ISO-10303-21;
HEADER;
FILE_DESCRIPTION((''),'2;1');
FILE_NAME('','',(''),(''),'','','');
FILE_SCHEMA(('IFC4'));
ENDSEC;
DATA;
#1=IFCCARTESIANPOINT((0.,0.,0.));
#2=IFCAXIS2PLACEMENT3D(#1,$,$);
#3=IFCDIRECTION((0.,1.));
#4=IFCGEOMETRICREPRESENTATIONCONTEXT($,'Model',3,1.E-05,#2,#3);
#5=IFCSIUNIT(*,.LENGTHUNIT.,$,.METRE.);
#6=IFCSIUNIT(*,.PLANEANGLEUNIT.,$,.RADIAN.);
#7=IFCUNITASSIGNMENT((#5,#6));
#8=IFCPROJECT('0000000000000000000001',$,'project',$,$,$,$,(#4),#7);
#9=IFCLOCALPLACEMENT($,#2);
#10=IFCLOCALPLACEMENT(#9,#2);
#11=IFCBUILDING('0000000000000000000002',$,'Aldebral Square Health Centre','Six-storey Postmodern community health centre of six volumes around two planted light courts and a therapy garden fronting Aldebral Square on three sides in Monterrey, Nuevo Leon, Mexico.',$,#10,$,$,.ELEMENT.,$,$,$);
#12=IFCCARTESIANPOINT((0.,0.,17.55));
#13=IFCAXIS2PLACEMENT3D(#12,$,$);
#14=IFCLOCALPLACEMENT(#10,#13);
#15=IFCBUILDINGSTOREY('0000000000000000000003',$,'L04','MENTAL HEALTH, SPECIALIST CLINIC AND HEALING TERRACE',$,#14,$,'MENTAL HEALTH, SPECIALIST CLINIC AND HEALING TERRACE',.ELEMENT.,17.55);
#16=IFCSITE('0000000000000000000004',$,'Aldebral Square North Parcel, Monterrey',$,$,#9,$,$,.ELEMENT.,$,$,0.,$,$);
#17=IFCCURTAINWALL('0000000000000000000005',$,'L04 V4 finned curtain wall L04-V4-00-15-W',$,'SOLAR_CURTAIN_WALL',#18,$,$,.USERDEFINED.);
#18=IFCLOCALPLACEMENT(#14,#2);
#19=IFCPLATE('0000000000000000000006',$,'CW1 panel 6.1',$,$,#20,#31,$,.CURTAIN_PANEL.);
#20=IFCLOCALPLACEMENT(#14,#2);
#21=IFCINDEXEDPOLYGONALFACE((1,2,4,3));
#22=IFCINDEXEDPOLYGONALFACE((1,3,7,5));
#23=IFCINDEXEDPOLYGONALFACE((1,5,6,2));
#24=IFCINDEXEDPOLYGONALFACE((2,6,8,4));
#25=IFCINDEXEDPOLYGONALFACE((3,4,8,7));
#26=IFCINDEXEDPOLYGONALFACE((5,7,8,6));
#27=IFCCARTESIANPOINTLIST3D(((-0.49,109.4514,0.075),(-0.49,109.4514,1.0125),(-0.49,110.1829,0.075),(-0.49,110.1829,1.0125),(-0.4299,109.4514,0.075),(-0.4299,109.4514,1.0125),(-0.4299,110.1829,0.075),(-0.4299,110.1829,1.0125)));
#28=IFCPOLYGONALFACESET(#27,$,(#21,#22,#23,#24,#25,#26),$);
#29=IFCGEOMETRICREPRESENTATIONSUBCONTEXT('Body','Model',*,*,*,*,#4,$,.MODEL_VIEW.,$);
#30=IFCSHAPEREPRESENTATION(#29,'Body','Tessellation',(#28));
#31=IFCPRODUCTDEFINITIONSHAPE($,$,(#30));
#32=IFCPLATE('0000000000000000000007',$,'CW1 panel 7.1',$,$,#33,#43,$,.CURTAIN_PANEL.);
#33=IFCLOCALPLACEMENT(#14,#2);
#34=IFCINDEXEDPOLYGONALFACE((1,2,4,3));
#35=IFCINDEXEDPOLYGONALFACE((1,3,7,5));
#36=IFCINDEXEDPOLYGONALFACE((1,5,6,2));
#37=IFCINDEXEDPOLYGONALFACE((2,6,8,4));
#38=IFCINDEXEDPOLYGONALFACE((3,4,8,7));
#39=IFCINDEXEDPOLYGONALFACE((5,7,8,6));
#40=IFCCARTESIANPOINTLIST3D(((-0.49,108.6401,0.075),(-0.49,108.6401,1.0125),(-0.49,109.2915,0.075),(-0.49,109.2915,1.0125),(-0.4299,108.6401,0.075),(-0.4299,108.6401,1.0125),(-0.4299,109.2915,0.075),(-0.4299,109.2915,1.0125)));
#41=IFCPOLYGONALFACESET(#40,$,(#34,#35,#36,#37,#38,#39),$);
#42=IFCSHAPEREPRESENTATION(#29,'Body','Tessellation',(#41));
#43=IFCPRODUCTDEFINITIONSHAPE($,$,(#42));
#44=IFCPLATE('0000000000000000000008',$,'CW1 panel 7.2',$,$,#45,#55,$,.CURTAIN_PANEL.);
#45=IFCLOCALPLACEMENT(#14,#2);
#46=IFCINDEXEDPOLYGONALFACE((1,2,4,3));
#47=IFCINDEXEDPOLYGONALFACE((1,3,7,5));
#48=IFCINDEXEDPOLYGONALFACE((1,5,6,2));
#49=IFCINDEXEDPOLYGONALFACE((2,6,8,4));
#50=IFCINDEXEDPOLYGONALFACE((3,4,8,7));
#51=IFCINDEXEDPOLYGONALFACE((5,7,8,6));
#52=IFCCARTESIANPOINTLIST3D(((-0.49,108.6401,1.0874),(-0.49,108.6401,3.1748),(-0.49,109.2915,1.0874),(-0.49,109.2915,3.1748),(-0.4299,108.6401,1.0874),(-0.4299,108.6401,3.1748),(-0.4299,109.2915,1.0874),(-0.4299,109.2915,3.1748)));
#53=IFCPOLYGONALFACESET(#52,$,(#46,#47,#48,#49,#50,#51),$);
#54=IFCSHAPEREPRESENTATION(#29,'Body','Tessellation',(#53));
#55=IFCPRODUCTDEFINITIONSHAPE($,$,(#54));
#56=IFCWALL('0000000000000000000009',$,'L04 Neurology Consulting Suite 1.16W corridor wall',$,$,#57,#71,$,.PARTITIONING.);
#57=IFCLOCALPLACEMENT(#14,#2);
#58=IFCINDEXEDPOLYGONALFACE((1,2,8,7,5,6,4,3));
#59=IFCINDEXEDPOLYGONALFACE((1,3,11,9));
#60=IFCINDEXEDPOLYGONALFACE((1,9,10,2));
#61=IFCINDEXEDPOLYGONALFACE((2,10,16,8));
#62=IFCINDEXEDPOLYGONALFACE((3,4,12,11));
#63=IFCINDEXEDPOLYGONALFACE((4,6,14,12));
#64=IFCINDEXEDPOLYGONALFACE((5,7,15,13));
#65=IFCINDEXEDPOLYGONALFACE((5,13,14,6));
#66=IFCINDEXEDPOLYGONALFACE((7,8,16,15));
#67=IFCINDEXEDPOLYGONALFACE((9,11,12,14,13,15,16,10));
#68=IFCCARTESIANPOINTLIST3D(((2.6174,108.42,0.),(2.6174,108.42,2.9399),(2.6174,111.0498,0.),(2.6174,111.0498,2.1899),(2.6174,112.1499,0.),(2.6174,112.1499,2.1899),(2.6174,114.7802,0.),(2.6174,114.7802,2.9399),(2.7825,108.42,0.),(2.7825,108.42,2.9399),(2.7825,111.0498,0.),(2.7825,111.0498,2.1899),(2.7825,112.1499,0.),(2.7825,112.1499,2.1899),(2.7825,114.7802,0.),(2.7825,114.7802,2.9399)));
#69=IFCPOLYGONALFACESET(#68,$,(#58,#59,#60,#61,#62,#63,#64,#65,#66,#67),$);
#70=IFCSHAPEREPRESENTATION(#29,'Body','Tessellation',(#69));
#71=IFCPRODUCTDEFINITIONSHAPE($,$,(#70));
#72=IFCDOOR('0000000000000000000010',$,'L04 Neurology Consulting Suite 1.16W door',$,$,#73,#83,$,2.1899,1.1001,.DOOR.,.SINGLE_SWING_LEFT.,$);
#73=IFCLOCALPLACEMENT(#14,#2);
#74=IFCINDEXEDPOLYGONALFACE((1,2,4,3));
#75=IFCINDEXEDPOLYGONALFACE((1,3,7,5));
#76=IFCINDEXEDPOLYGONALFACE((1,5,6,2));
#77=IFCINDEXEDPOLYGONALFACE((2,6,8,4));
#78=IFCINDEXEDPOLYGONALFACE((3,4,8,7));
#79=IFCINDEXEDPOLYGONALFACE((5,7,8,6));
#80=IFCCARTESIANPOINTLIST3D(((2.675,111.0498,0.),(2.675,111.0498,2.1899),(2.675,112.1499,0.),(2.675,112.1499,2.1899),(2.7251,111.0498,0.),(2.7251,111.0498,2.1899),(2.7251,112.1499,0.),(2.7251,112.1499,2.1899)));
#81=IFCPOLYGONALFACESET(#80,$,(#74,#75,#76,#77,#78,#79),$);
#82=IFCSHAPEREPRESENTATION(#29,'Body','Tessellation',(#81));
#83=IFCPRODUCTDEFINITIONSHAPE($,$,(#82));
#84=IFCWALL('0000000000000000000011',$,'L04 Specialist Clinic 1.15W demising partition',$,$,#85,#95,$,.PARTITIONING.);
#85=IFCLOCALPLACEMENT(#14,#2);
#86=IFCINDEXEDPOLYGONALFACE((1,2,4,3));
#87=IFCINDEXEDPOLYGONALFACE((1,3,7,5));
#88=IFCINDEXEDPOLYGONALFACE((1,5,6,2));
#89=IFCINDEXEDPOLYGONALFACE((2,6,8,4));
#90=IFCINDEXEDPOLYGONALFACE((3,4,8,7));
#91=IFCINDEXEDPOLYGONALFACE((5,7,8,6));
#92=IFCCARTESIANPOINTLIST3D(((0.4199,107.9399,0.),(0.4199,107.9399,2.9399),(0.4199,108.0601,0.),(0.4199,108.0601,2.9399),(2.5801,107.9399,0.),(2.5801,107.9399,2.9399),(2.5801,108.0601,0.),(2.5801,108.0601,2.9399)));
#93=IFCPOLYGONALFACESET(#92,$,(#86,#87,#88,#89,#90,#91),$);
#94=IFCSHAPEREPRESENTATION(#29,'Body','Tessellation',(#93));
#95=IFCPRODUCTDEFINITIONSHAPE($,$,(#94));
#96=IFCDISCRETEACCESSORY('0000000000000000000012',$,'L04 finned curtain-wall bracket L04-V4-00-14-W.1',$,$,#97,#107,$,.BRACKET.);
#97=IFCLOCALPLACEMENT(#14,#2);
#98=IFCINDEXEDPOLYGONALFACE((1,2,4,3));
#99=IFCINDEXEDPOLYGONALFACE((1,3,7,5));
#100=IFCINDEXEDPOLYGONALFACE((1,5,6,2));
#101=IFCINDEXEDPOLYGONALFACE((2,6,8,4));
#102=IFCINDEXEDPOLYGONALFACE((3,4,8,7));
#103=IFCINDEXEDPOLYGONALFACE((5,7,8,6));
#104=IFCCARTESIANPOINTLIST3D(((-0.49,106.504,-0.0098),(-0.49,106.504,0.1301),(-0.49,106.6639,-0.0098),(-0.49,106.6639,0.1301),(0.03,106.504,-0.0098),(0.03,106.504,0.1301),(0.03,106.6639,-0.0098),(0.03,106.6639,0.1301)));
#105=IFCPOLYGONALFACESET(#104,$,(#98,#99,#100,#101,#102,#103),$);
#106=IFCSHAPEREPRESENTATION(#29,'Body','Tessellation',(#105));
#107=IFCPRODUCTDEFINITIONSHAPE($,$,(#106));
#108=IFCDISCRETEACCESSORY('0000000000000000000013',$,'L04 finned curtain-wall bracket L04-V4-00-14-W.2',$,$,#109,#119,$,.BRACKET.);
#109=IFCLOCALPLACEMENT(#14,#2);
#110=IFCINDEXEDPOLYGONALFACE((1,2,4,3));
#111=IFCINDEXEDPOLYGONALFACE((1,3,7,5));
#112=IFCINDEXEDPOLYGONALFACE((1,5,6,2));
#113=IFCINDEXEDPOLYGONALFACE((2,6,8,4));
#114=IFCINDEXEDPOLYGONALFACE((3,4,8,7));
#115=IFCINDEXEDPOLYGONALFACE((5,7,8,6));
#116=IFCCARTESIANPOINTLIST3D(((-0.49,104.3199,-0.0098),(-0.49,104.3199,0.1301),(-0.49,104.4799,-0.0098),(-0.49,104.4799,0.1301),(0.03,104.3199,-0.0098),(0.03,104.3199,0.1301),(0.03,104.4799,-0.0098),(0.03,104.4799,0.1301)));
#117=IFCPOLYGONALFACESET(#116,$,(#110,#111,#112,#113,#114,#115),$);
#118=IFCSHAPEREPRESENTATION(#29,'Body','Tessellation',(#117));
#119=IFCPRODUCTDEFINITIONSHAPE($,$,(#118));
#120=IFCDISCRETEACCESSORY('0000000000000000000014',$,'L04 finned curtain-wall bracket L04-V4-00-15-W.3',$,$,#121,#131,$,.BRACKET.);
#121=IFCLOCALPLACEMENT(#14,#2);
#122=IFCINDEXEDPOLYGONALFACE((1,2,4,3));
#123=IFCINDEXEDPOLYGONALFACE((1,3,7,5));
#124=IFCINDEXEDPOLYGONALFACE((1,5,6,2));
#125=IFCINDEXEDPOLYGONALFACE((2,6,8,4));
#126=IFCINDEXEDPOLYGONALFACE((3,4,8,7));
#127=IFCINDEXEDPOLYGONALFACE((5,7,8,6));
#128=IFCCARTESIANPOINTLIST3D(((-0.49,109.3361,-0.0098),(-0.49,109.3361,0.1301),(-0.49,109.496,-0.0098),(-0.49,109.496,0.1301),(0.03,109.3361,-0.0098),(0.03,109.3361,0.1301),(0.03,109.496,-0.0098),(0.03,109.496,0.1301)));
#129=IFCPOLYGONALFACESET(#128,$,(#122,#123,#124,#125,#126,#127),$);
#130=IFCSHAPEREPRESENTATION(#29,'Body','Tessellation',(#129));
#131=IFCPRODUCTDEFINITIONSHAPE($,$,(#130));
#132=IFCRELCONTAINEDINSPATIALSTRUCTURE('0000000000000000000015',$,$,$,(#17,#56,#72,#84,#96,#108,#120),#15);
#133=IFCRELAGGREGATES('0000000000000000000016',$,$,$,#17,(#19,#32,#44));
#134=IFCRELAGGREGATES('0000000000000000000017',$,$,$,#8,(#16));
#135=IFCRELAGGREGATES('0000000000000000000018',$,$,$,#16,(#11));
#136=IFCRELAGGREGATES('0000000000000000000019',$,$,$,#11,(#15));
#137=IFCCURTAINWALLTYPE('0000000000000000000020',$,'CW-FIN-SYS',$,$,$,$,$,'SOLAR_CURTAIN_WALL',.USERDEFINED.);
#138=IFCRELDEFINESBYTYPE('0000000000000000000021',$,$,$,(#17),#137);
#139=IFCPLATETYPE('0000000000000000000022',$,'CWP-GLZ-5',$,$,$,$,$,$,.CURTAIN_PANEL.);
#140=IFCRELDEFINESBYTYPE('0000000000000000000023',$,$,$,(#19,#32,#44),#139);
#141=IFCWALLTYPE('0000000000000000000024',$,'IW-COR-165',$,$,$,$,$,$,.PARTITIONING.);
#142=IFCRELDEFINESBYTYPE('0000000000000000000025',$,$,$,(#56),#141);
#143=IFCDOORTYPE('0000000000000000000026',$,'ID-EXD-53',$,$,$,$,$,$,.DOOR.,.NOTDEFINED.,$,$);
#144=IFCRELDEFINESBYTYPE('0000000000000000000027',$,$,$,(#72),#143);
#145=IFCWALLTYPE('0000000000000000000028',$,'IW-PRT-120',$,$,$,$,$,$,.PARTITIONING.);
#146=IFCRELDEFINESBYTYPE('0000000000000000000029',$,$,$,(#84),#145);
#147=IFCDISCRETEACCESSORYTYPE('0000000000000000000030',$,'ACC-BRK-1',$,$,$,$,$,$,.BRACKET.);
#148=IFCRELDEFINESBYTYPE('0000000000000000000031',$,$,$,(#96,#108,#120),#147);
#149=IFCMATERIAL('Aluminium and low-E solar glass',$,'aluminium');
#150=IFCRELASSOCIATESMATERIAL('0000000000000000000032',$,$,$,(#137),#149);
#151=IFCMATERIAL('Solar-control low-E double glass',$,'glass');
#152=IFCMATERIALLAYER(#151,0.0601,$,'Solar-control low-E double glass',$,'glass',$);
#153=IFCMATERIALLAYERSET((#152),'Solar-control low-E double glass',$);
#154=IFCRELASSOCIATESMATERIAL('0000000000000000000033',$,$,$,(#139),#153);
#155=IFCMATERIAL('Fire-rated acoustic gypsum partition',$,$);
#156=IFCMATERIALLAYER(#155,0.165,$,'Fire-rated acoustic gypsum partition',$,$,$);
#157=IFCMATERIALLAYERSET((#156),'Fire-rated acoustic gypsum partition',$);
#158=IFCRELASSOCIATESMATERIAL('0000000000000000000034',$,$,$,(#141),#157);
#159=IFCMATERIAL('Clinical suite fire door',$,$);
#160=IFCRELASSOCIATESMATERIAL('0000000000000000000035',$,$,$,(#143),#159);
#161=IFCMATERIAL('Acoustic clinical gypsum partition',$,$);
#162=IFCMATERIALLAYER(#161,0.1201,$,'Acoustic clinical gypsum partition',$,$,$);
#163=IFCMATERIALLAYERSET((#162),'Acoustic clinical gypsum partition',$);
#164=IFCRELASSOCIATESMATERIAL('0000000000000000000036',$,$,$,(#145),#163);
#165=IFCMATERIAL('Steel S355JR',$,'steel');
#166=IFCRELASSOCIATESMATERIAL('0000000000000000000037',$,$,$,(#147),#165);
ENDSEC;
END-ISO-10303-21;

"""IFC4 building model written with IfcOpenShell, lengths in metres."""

from ifc_helpers import new_model, si_unit, direction, frame, frame_2d, origin, origin_2d, place, context, subcontext, project, spatial, rectangle, extrude, material, layer, layer_set, type_object, element, fill, aggregate, save


model = new_model("IFC4")

# Units and contexts
model_context = context("Model", 3, precision=1e-05, world=origin(), true_north=direction((0.0, 1.0)))
body_context = subcontext(model_context, "Body", "Model", "MODEL_VIEW")
ifc_project = project(units=[si_unit("LENGTHUNIT", "METRE"), si_unit("PLANEANGLEUNIT", "RADIAN")], contexts=[model_context])

# Site, building, storey
site_placement = place(None, origin())
site = spatial("IfcSite", under=ifc_project, at=site_placement, Name="Aldebral Square North Parcel, Monterrey", CompositionType="ELEMENT", RefElevation=0.0)
building_placement = place(site_placement, origin())
building = spatial("IfcBuilding", under=site, at=building_placement, Name="Aldebral Square Health Centre", Description="Six-storey Postmodern community health centre of six volumes around two planted light courts and a therapy garden fronting Aldebral Square on three sides in Monterrey, Nuevo Leon, Mexico.", CompositionType="ELEMENT")
storey_placement = place(building_placement, frame((0.0, 0.0, 17.55)))
storey = spatial("IfcBuildingStorey", under=building, at=storey_placement, Name="L04", Description="MENTAL HEALTH, SPECIALIST CLINIC AND HEALING TERRACE", LongName="MENTAL HEALTH, SPECIALIST CLINIC AND HEALING TERRACE", CompositionType="ELEMENT", Elevation=17.55)

# Shared definitions
ifc_material_1 = material(Name="Aluminium and low-E solar glass", Category="aluminium")
curtain_wall_type = type_object("IfcCurtainWallType", Name="CW-FIN-SYS", ElementType="SOLAR_CURTAIN_WALL", PredefinedType="USERDEFINED", material=ifc_material_1)

# Curtain wall, plates
curtain_wall_1_placement = place(storey_placement, origin())
curtain_wall_1 = element("IfcCurtainWall", 1, at=curtain_wall_1_placement, inside=storey, type_object=curtain_wall_type, Name="L04 V4 finned curtain wall L04-V4-00-15-W", ObjectType="SOLAR_CURTAIN_WALL", PredefinedType="USERDEFINED")
ifc_material_2 = material(Name="Solar-control low-E double glass", Category="glass")
ifc_layer_1 = layer(ifc_material_2, 0.0601, Name="Solar-control low-E double glass", Category="glass")
ifc_layer_set_1 = layer_set([ifc_layer_1], Name="Solar-control low-E double glass")
plate_type = type_object("IfcPlateType", Name="CWP-GLZ-5", PredefinedType="CURTAIN_PANEL", material=ifc_layer_set_1)
plate_1_placement = place(storey_placement, frame((-0.46, 109.8171, 0.075), z_axis=(0.0, 0.0, 1.0), x_axis=(0.0, -1.0, 0.0)))
plate_1 = element("IfcPlate", 2, at=plate_1_placement, type_object=plate_type, Name="CW1 panel 6.1", PredefinedType="CURTAIN_PANEL", context=body_context, shape_type="SweptSolid", body=[
    extrude(rectangle(XDim=0.7314, YDim=0.0601, at=origin_2d()), origin(), (0.0, 0.0, 1.0), 0.9375),
])
plate_2_placement = place(storey_placement, frame((-0.46, 108.9658, 0.075), z_axis=(0.0, 0.0, 1.0), x_axis=(0.0, -1.0, 0.0)))
plate_2 = element("IfcPlate", 3, at=plate_2_placement, type_object=plate_type, Name="CW1 panel 7.1", PredefinedType="CURTAIN_PANEL", context=body_context, shape_type="SweptSolid", body=[
    extrude(rectangle(XDim=0.6514, YDim=0.0601, at=origin_2d()), origin(), (0.0, 0.0, 1.0), 0.9375),
])
plate_3_placement = place(storey_placement, frame((-0.46, 108.9658, 1.0874), z_axis=(0.0, 0.0, 1.0), x_axis=(0.0, -1.0, 0.0)))
plate_3 = element("IfcPlate", 4, at=plate_3_placement, type_object=plate_type, Name="CW1 panel 7.2", PredefinedType="CURTAIN_PANEL", context=body_context, shape_type="SweptSolid", body=[
    extrude(rectangle(XDim=0.6514, YDim=0.0601, at=origin_2d()), origin(), (0.0, 0.0, 1.0), 2.0874),
])
aggregate(curtain_wall_1, [plate_1, plate_2, plate_3])

# Wall, opening, door
ifc_material_3 = material(Name="Fire-rated acoustic gypsum partition")
ifc_layer_2 = layer(ifc_material_3, 0.165, Name="Fire-rated acoustic gypsum partition")
ifc_layer_set_2 = layer_set([ifc_layer_2], Name="Fire-rated acoustic gypsum partition")
wall_type_1 = type_object("IfcWallType", Name="IW-COR-165", PredefinedType="PARTITIONING", material=ifc_layer_set_2)
wall_1_placement = place(storey_placement, frame((2.7, 108.4199, 0.0), z_axis=(0.0, 0.0, 1.0), x_axis=(0.0, 1.0, 0.0)))
wall_1 = element("IfcWall", 5, at=wall_1_placement, inside=storey, type_object=wall_type_1, Name="L04 Neurology Consulting Suite 1.16W corridor wall", PredefinedType="PARTITIONING", context=body_context, shape_type="SweptSolid", body=[
    extrude(rectangle(XDim=6.3601, YDim=0.165, at=frame_2d((3.1802, 0.0))), origin(), (0.0, 0.0, 1.0), 2.9399),
])
opening_1_placement = place(wall_1_placement, frame((2.6299, 0.0, 0.0)))
opening_1 = element("IfcOpeningElement", 6, at=opening_1_placement, cuts=wall_1, PredefinedType="OPENING", context=body_context, shape_type="SweptSolid", body=[
    extrude(rectangle(XDim=1.1001, YDim=2.1899, at=frame_2d((0.55, 1.095))), frame((0.0, 0.0925, 0.0), z_axis=(0.0, -1.0, 0.0), x_axis=(1.0, 0.0, 0.0)), (0.0, 0.0, 1.0), 0.1851),
])
ifc_material_4 = material(Name="Clinical suite fire door")
door_type_1 = type_object("IfcDoorType", Name="ID-EXD-53", OperationType="NOTDEFINED", PredefinedType="DOOR", material=ifc_material_4)
door_1_placement = place(opening_1_placement, origin())
door_1 = element("IfcDoor", 7, at=door_1_placement, inside=storey, type_object=door_type_1, Name="L04 Neurology Consulting Suite 1.16W door", OperationType="SINGLE_SWING_LEFT", OverallHeight=2.1899, OverallWidth=1.1001, PredefinedType="DOOR", context=body_context, shape_type="SweptSolid", body=[
    extrude(rectangle(XDim=1.1001, YDim=2.1899, at=frame_2d((0.55, 1.095))), frame((0.0, 0.0249, 0.0), z_axis=(0.0, -1.0, 0.0), x_axis=(1.0, 0.0, 0.0)), (0.0, 0.0, 1.0), 0.05),
])
fill(opening_1, door_1)

# Wall
ifc_material_5 = material(Name="Acoustic clinical gypsum partition")
ifc_layer_3 = layer(ifc_material_5, 0.1201, Name="Acoustic clinical gypsum partition")
ifc_layer_set_3 = layer_set([ifc_layer_3], Name="Acoustic clinical gypsum partition")
wall_type_2 = type_object("IfcWallType", Name="IW-PRT-120", PredefinedType="PARTITIONING", material=ifc_layer_set_3)
wall_2_placement = place(storey_placement, frame((0.4199, 108.0, 0.0), z_axis=(0.0, 0.0, 1.0), x_axis=(1.0, 0.0, 0.0)))
element("IfcWall", 8, at=wall_2_placement, inside=storey, type_object=wall_type_2, Name="L04 Specialist Clinic 1.15W demising partition", PredefinedType="PARTITIONING", context=body_context, shape_type="SweptSolid", body=[
    extrude(rectangle(XDim=2.1602, YDim=0.1201, at=frame_2d((1.0801, 0.0))), origin(), (0.0, 0.0, 1.0), 2.9399),
])

# Discrete accessories
ifc_material_6 = material(Name="Steel S355JR", Category="steel")
discrete_accessory_type = type_object("IfcDiscreteAccessoryType", Name="ACC-BRK-1", PredefinedType="BRACKET", material=ifc_material_6)
for number, where, z_axis, x_axis, name in (
    (9, (-0.23, 106.584, -0.0098), (0.0, 0.0, 1.0), (0.0, 1.0, 0.0), "L04 finned curtain-wall bracket L04-V4-00-14-W.1"),
    (10, (-0.23, 104.3999, -0.0098), (0.0, 0.0, 1.0), (0.0, 1.0, 0.0), "L04 finned curtain-wall bracket L04-V4-00-14-W.2"),
    (11, (-0.23, 109.416, -0.0098), (0.0, 0.0, 1.0), (0.0, 1.0, 0.0), "L04 finned curtain-wall bracket L04-V4-00-15-W.3"),
):
    element("IfcDiscreteAccessory", number, at=place(storey_placement, frame(where, z_axis=z_axis, x_axis=x_axis)), inside=storey, type_object=discrete_accessory_type, Name=name, PredefinedType="BRACKET", context=body_context, shape_type="SweptSolid", body=[
        extrude(rectangle(XDim=0.1599, YDim=0.52, at=origin_2d()), origin(), (0.0, 0.0, 1.0), 0.1399),
    ])

save(model, "model.ifc")
